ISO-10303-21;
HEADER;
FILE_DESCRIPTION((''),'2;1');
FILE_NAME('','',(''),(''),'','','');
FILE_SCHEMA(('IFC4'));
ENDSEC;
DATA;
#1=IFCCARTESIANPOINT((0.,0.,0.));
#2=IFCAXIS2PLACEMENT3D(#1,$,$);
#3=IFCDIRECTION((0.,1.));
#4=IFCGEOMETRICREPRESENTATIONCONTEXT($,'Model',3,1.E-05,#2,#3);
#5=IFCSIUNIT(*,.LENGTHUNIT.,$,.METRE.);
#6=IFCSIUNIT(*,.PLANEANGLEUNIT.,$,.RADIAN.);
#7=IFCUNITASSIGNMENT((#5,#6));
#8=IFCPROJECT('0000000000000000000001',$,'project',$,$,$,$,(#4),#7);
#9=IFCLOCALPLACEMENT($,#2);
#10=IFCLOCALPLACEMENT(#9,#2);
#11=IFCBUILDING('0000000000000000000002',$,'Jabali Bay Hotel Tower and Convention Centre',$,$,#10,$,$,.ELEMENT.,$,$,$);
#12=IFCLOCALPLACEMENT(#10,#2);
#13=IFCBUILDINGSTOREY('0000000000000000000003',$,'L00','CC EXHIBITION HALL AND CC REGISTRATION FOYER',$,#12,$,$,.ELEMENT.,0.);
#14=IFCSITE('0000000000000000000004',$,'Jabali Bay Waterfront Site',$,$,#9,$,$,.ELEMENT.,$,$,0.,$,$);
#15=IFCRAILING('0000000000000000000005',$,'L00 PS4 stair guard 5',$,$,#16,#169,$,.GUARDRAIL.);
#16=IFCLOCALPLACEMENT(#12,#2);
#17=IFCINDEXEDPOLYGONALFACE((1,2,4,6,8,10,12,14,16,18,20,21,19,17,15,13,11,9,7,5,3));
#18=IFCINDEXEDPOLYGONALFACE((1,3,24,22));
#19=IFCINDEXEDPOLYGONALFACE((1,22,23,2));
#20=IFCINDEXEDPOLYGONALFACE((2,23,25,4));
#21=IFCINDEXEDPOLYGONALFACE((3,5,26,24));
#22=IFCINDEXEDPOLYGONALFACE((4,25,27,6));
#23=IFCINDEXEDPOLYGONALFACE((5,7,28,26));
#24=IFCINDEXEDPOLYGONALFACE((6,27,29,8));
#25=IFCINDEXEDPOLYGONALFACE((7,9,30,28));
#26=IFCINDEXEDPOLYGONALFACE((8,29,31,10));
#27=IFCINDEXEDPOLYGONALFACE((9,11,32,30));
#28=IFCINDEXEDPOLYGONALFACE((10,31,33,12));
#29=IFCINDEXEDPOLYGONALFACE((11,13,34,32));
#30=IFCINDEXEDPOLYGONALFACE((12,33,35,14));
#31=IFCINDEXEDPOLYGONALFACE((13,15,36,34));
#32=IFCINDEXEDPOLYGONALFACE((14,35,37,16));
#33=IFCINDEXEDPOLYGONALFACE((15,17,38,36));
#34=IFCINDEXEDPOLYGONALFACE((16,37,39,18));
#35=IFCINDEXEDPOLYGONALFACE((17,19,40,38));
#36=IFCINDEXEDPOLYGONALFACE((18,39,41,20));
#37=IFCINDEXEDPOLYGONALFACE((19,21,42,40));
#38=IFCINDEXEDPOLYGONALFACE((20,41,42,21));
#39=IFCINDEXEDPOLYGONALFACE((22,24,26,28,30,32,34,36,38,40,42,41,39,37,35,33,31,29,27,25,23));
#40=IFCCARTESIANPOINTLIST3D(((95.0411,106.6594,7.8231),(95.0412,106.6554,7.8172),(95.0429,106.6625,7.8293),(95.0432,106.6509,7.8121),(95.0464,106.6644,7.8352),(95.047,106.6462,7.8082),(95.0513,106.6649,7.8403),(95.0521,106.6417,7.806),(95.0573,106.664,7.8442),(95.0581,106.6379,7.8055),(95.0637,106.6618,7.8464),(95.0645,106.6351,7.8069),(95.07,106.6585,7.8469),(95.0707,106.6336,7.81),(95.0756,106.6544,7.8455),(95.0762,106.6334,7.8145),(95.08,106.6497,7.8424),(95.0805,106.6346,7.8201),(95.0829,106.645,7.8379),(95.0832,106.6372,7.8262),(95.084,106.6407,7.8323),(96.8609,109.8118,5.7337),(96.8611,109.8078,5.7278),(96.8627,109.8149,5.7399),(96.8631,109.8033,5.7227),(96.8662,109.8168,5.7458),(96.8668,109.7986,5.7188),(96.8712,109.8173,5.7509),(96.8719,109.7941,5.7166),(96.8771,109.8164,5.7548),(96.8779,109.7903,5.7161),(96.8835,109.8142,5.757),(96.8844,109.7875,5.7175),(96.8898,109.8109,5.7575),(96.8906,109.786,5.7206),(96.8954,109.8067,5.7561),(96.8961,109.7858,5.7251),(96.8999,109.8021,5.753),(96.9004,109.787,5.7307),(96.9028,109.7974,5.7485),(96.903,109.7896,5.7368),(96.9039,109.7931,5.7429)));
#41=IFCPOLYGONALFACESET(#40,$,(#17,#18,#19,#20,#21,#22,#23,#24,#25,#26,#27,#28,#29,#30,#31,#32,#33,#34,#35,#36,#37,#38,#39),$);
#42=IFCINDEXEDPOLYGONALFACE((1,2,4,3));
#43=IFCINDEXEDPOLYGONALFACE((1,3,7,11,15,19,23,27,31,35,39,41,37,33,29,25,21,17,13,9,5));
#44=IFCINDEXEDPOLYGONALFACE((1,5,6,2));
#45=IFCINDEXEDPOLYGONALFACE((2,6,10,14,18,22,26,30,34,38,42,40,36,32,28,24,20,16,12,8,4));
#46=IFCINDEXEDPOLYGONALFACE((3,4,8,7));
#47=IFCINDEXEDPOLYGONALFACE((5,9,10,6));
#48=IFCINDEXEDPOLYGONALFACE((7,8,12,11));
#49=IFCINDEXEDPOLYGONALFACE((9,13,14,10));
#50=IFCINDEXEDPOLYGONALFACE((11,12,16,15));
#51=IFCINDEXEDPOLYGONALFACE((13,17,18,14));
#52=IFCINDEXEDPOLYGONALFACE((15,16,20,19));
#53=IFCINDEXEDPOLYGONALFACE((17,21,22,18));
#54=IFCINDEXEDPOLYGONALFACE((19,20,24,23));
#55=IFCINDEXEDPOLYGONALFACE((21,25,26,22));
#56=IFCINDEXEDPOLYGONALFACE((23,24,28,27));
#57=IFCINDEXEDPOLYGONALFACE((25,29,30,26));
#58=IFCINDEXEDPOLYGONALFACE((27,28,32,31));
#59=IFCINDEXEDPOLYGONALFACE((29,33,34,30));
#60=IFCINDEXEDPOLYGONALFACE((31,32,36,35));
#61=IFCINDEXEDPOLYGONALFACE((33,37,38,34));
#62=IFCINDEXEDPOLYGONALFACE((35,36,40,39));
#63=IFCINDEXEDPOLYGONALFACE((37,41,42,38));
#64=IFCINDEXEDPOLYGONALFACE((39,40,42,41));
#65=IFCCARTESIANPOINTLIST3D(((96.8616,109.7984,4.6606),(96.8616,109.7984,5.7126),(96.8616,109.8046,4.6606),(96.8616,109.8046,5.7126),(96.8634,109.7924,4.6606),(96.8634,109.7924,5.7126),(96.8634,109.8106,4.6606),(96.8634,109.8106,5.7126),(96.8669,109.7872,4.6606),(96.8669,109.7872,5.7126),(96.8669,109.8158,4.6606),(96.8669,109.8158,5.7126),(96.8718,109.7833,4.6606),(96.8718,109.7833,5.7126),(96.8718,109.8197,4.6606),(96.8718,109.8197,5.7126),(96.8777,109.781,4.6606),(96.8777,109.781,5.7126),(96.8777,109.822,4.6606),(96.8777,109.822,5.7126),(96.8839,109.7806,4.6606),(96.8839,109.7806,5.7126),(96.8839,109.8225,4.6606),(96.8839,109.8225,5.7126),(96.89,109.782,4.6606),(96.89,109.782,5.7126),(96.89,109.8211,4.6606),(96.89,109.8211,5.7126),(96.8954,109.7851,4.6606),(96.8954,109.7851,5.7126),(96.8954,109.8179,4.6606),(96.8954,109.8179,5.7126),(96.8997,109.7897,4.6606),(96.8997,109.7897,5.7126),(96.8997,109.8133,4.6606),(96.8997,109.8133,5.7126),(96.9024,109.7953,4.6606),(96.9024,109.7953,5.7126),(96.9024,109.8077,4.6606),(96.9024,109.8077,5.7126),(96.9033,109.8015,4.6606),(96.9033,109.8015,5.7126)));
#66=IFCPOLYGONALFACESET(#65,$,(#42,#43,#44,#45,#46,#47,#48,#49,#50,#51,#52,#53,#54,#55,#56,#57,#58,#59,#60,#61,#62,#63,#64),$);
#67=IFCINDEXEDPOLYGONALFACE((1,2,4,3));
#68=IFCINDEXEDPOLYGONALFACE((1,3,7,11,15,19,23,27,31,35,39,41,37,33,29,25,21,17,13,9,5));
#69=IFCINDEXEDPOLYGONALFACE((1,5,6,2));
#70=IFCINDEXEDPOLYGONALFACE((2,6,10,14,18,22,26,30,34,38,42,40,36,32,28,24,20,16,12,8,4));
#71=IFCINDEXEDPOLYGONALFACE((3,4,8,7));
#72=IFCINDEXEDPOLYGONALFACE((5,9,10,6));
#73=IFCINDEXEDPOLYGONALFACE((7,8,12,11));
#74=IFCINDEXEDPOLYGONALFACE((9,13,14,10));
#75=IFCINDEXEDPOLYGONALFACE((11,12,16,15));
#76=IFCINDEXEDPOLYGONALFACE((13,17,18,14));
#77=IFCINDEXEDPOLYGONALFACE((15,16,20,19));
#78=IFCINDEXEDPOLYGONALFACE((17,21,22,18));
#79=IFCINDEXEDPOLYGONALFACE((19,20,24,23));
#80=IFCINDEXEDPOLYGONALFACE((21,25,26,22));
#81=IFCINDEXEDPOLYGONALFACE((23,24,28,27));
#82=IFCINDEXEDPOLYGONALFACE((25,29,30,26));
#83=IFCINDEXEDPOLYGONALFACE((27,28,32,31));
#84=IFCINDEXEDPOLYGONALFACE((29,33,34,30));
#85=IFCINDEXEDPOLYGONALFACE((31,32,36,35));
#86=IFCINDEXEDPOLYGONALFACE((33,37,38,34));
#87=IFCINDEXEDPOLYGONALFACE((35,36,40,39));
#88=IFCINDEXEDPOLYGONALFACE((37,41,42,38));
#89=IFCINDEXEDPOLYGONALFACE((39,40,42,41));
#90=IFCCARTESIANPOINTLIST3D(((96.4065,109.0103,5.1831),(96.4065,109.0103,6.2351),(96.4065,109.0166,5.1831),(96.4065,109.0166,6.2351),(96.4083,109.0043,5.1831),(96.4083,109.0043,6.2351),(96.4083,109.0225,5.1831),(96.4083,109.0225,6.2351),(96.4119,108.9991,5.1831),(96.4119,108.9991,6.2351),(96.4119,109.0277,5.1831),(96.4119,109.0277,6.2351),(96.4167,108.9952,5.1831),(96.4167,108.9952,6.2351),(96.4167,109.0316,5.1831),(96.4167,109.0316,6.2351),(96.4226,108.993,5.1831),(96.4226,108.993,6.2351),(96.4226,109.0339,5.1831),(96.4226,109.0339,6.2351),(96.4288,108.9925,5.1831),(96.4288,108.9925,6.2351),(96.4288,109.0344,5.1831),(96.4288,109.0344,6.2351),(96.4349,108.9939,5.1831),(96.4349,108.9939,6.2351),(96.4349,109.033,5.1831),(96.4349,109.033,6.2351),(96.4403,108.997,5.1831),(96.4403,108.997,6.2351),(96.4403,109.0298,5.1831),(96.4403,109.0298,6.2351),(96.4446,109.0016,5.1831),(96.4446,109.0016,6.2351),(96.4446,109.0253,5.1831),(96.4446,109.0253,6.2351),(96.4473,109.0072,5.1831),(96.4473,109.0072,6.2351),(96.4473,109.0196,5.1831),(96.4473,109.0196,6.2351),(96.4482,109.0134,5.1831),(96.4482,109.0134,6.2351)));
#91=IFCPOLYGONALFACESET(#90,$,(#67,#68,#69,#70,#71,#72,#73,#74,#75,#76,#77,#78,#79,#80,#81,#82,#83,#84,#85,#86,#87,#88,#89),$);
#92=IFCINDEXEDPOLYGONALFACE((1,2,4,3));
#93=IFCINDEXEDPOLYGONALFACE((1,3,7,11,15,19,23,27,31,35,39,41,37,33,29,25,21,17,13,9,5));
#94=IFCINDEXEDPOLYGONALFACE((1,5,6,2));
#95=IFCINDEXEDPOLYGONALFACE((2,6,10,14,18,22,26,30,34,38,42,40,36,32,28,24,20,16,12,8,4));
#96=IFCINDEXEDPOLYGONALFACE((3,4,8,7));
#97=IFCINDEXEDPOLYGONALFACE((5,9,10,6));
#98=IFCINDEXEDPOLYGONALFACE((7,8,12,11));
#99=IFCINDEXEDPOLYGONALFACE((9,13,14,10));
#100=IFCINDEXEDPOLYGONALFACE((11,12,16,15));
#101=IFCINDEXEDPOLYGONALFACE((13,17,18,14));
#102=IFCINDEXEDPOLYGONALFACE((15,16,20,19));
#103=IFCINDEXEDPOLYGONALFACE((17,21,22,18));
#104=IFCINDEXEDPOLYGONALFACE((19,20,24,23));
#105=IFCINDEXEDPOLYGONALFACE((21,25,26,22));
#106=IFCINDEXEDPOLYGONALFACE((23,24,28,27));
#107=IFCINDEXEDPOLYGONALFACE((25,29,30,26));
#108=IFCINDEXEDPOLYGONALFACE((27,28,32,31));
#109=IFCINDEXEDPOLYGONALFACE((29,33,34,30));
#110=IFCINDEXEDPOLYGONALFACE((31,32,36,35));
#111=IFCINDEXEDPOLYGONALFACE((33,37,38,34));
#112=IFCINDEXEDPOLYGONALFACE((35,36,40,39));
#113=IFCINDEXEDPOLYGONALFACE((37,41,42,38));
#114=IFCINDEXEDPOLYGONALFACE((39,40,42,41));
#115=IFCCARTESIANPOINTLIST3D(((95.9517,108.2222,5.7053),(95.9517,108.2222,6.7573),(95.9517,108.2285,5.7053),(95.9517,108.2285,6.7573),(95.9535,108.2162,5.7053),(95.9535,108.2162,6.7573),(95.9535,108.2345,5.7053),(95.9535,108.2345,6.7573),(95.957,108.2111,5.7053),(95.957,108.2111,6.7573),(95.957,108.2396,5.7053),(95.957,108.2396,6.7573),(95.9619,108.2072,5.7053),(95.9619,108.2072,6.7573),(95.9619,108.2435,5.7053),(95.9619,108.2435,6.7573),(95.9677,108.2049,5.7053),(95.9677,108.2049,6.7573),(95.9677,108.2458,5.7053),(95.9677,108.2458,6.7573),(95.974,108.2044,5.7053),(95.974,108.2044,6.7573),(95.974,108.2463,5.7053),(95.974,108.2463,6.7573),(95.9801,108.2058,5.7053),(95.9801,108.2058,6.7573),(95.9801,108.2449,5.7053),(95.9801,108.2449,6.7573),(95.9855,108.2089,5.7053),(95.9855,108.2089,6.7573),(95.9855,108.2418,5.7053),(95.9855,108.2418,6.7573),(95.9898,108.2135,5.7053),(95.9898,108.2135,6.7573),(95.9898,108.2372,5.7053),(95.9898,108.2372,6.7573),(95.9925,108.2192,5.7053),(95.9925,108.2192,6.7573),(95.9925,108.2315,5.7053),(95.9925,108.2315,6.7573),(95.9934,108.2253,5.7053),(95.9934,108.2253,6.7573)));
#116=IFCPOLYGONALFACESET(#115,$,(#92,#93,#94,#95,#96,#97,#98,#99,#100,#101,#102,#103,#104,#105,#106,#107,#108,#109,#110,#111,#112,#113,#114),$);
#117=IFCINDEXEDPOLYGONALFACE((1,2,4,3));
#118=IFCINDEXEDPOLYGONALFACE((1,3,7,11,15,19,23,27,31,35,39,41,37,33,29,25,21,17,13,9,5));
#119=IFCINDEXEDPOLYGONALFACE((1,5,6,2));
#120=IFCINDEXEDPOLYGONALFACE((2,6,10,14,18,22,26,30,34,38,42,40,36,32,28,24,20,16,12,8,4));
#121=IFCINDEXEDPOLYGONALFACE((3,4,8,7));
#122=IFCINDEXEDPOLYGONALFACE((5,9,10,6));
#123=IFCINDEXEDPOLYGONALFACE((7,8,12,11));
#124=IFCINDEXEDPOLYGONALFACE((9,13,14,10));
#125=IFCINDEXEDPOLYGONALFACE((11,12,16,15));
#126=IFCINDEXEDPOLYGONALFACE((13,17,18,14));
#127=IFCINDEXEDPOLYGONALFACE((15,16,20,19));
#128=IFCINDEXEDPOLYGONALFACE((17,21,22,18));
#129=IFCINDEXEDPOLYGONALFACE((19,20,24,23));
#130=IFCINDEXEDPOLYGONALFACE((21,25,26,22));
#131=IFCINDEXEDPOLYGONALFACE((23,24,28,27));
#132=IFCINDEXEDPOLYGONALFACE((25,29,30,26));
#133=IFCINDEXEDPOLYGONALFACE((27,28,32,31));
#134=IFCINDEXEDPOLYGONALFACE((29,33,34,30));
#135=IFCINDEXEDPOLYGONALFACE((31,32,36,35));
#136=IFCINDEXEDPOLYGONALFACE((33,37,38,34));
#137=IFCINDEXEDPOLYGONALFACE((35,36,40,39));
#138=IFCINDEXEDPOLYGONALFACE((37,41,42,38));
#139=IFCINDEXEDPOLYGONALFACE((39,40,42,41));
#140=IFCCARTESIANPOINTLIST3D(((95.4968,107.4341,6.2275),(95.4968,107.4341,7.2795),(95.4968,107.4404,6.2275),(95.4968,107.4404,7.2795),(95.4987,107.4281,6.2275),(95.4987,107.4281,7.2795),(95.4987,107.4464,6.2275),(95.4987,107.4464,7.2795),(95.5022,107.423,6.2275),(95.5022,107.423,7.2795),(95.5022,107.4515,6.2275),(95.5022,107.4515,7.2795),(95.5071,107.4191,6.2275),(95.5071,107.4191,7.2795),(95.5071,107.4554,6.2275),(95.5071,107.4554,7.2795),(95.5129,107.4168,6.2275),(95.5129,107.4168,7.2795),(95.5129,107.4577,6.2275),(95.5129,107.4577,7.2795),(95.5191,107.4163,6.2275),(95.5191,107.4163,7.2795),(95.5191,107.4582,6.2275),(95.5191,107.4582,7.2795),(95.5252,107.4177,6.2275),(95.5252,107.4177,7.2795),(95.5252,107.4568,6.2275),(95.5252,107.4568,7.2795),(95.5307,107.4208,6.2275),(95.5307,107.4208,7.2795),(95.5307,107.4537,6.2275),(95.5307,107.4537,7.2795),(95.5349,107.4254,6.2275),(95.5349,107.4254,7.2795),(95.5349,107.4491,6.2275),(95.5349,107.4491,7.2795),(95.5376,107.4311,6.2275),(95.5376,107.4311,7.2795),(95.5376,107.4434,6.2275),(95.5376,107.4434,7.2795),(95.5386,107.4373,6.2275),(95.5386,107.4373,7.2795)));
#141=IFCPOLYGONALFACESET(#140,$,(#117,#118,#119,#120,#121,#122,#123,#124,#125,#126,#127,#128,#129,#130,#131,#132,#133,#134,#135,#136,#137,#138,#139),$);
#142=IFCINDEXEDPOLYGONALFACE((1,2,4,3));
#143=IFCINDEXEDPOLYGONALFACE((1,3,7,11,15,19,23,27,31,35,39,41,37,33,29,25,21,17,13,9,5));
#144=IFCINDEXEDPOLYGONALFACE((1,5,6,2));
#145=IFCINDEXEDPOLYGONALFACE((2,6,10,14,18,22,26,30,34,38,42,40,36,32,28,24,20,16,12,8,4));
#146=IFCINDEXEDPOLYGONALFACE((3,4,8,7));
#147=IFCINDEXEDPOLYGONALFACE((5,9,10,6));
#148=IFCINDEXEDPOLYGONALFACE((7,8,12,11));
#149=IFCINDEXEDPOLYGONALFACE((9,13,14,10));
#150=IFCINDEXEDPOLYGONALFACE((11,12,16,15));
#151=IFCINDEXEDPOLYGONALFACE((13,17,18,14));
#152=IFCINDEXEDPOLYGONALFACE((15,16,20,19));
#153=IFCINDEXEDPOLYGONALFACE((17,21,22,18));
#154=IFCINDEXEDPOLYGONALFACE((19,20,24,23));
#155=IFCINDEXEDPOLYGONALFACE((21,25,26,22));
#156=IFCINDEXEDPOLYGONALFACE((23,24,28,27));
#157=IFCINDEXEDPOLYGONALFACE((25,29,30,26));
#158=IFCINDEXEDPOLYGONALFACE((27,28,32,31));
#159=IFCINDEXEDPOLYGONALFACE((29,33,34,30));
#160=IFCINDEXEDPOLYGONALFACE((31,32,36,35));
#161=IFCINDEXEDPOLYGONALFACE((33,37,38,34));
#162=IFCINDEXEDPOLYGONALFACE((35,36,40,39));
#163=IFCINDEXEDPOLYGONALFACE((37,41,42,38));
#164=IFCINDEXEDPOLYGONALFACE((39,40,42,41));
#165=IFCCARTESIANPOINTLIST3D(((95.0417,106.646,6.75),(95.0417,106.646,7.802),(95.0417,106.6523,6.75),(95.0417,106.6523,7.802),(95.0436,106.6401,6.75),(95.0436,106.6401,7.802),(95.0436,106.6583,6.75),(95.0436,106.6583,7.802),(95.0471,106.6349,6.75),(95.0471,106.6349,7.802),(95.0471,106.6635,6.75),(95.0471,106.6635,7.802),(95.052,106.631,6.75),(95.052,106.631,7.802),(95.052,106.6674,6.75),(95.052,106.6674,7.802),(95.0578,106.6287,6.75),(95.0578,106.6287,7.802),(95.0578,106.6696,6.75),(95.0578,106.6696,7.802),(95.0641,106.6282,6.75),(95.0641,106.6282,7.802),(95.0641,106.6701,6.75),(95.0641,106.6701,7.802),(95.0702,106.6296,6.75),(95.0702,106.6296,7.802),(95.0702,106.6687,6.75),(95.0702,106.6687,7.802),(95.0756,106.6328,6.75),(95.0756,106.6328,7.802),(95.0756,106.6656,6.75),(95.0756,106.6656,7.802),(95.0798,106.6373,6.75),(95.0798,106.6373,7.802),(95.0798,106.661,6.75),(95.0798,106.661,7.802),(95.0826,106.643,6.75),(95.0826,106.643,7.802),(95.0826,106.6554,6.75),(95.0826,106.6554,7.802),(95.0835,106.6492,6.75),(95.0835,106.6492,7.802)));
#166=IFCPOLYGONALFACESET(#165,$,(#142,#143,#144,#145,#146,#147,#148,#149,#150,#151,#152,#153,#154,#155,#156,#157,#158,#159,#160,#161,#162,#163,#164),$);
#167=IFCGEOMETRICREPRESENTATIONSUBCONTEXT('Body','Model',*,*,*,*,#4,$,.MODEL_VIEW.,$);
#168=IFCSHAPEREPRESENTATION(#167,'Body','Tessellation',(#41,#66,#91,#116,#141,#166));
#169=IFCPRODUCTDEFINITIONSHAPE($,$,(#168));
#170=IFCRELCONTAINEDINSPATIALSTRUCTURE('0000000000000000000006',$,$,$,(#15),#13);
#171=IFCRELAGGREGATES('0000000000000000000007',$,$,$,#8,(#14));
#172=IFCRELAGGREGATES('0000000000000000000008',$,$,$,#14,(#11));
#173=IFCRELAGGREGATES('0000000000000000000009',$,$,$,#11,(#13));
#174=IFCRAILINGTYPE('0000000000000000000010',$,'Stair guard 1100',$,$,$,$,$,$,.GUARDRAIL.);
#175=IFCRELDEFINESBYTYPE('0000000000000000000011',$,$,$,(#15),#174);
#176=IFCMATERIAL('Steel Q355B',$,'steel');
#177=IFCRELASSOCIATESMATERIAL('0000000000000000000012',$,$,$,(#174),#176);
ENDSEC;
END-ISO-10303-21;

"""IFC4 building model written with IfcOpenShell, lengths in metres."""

from ifc_helpers import new_model, si_unit, direction, frame, origin, origin_2d, place, context, subcontext, project, spatial, circle, extrude, material, type_object, element, save


model = new_model("IFC4")

# Units and contexts
model_context = context("Model", 3, precision=1e-05, world=origin(), true_north=direction((0.0, 1.0)))
body_context = subcontext(model_context, "Body", "Model", "MODEL_VIEW")
ifc_project = project(units=[si_unit("LENGTHUNIT", "METRE"), si_unit("PLANEANGLEUNIT", "RADIAN")], contexts=[model_context])

# Site, building, storey
site_placement = place(None, origin())
site = spatial("IfcSite", under=ifc_project, at=site_placement, Name="Jabali Bay Waterfront Site", CompositionType="ELEMENT", RefElevation=0.0)
building_placement = place(site_placement, origin())
building = spatial("IfcBuilding", under=site, at=building_placement, Name="Jabali Bay Hotel Tower and Convention Centre", CompositionType="ELEMENT")
storey_placement = place(building_placement, origin())
storey = spatial("IfcBuildingStorey", under=building, at=storey_placement, Name="L00", Description="CC EXHIBITION HALL AND CC REGISTRATION FOYER", CompositionType="ELEMENT", Elevation=0.0)

# Railing
ifc_material_1 = material(Name="Steel Q355B", Category="steel")
railing_type_1 = type_object("IfcRailingType", Name="Stair guard 1100", PredefinedType="GUARDRAIL", material=ifc_material_1)
railing_1_placement = place(storey_placement, frame((96.8823, 109.8015, 4.6606)))
element("IfcRailing", 1, at=railing_1_placement, inside=storey, type_object=railing_type_1, Name="L00 PS4 stair guard 5", PredefinedType="GUARDRAIL", context=body_context, shape_type="SweptSolid", body=[
    extrude(circle(Radius=0.0239, at=origin_2d()), frame((0.0, 0.0, 1.0762), z_axis=(-0.433606, -0.751102, 0.497826), x_axis=(0.866047, -0.499962, 0.0)), (0.0, 0.0, 1.0), 4.197),
    extrude(circle(Radius=0.021, at=origin_2d()), origin(), (0.0, 0.0, 1.0), 1.052),
    extrude(circle(Radius=0.021, at=origin_2d()), frame((-0.4551, -0.7881, 0.5225)), (0.0, 0.0, 1.0), 1.052),
    extrude(circle(Radius=0.021, at=origin_2d()), frame((-0.9099, -1.5762, 1.0447)), (0.0, 0.0, 1.0), 1.052),
    extrude(circle(Radius=0.021, at=origin_2d()), frame((-1.3647, -2.3643, 1.5669)), (0.0, 0.0, 1.0), 1.052),
    extrude(circle(Radius=0.021, at=origin_2d()), frame((-1.8198, -3.1523, 2.0894)), (0.0, 0.0, 1.0), 1.052),
])

save(model, "model.ifc")
